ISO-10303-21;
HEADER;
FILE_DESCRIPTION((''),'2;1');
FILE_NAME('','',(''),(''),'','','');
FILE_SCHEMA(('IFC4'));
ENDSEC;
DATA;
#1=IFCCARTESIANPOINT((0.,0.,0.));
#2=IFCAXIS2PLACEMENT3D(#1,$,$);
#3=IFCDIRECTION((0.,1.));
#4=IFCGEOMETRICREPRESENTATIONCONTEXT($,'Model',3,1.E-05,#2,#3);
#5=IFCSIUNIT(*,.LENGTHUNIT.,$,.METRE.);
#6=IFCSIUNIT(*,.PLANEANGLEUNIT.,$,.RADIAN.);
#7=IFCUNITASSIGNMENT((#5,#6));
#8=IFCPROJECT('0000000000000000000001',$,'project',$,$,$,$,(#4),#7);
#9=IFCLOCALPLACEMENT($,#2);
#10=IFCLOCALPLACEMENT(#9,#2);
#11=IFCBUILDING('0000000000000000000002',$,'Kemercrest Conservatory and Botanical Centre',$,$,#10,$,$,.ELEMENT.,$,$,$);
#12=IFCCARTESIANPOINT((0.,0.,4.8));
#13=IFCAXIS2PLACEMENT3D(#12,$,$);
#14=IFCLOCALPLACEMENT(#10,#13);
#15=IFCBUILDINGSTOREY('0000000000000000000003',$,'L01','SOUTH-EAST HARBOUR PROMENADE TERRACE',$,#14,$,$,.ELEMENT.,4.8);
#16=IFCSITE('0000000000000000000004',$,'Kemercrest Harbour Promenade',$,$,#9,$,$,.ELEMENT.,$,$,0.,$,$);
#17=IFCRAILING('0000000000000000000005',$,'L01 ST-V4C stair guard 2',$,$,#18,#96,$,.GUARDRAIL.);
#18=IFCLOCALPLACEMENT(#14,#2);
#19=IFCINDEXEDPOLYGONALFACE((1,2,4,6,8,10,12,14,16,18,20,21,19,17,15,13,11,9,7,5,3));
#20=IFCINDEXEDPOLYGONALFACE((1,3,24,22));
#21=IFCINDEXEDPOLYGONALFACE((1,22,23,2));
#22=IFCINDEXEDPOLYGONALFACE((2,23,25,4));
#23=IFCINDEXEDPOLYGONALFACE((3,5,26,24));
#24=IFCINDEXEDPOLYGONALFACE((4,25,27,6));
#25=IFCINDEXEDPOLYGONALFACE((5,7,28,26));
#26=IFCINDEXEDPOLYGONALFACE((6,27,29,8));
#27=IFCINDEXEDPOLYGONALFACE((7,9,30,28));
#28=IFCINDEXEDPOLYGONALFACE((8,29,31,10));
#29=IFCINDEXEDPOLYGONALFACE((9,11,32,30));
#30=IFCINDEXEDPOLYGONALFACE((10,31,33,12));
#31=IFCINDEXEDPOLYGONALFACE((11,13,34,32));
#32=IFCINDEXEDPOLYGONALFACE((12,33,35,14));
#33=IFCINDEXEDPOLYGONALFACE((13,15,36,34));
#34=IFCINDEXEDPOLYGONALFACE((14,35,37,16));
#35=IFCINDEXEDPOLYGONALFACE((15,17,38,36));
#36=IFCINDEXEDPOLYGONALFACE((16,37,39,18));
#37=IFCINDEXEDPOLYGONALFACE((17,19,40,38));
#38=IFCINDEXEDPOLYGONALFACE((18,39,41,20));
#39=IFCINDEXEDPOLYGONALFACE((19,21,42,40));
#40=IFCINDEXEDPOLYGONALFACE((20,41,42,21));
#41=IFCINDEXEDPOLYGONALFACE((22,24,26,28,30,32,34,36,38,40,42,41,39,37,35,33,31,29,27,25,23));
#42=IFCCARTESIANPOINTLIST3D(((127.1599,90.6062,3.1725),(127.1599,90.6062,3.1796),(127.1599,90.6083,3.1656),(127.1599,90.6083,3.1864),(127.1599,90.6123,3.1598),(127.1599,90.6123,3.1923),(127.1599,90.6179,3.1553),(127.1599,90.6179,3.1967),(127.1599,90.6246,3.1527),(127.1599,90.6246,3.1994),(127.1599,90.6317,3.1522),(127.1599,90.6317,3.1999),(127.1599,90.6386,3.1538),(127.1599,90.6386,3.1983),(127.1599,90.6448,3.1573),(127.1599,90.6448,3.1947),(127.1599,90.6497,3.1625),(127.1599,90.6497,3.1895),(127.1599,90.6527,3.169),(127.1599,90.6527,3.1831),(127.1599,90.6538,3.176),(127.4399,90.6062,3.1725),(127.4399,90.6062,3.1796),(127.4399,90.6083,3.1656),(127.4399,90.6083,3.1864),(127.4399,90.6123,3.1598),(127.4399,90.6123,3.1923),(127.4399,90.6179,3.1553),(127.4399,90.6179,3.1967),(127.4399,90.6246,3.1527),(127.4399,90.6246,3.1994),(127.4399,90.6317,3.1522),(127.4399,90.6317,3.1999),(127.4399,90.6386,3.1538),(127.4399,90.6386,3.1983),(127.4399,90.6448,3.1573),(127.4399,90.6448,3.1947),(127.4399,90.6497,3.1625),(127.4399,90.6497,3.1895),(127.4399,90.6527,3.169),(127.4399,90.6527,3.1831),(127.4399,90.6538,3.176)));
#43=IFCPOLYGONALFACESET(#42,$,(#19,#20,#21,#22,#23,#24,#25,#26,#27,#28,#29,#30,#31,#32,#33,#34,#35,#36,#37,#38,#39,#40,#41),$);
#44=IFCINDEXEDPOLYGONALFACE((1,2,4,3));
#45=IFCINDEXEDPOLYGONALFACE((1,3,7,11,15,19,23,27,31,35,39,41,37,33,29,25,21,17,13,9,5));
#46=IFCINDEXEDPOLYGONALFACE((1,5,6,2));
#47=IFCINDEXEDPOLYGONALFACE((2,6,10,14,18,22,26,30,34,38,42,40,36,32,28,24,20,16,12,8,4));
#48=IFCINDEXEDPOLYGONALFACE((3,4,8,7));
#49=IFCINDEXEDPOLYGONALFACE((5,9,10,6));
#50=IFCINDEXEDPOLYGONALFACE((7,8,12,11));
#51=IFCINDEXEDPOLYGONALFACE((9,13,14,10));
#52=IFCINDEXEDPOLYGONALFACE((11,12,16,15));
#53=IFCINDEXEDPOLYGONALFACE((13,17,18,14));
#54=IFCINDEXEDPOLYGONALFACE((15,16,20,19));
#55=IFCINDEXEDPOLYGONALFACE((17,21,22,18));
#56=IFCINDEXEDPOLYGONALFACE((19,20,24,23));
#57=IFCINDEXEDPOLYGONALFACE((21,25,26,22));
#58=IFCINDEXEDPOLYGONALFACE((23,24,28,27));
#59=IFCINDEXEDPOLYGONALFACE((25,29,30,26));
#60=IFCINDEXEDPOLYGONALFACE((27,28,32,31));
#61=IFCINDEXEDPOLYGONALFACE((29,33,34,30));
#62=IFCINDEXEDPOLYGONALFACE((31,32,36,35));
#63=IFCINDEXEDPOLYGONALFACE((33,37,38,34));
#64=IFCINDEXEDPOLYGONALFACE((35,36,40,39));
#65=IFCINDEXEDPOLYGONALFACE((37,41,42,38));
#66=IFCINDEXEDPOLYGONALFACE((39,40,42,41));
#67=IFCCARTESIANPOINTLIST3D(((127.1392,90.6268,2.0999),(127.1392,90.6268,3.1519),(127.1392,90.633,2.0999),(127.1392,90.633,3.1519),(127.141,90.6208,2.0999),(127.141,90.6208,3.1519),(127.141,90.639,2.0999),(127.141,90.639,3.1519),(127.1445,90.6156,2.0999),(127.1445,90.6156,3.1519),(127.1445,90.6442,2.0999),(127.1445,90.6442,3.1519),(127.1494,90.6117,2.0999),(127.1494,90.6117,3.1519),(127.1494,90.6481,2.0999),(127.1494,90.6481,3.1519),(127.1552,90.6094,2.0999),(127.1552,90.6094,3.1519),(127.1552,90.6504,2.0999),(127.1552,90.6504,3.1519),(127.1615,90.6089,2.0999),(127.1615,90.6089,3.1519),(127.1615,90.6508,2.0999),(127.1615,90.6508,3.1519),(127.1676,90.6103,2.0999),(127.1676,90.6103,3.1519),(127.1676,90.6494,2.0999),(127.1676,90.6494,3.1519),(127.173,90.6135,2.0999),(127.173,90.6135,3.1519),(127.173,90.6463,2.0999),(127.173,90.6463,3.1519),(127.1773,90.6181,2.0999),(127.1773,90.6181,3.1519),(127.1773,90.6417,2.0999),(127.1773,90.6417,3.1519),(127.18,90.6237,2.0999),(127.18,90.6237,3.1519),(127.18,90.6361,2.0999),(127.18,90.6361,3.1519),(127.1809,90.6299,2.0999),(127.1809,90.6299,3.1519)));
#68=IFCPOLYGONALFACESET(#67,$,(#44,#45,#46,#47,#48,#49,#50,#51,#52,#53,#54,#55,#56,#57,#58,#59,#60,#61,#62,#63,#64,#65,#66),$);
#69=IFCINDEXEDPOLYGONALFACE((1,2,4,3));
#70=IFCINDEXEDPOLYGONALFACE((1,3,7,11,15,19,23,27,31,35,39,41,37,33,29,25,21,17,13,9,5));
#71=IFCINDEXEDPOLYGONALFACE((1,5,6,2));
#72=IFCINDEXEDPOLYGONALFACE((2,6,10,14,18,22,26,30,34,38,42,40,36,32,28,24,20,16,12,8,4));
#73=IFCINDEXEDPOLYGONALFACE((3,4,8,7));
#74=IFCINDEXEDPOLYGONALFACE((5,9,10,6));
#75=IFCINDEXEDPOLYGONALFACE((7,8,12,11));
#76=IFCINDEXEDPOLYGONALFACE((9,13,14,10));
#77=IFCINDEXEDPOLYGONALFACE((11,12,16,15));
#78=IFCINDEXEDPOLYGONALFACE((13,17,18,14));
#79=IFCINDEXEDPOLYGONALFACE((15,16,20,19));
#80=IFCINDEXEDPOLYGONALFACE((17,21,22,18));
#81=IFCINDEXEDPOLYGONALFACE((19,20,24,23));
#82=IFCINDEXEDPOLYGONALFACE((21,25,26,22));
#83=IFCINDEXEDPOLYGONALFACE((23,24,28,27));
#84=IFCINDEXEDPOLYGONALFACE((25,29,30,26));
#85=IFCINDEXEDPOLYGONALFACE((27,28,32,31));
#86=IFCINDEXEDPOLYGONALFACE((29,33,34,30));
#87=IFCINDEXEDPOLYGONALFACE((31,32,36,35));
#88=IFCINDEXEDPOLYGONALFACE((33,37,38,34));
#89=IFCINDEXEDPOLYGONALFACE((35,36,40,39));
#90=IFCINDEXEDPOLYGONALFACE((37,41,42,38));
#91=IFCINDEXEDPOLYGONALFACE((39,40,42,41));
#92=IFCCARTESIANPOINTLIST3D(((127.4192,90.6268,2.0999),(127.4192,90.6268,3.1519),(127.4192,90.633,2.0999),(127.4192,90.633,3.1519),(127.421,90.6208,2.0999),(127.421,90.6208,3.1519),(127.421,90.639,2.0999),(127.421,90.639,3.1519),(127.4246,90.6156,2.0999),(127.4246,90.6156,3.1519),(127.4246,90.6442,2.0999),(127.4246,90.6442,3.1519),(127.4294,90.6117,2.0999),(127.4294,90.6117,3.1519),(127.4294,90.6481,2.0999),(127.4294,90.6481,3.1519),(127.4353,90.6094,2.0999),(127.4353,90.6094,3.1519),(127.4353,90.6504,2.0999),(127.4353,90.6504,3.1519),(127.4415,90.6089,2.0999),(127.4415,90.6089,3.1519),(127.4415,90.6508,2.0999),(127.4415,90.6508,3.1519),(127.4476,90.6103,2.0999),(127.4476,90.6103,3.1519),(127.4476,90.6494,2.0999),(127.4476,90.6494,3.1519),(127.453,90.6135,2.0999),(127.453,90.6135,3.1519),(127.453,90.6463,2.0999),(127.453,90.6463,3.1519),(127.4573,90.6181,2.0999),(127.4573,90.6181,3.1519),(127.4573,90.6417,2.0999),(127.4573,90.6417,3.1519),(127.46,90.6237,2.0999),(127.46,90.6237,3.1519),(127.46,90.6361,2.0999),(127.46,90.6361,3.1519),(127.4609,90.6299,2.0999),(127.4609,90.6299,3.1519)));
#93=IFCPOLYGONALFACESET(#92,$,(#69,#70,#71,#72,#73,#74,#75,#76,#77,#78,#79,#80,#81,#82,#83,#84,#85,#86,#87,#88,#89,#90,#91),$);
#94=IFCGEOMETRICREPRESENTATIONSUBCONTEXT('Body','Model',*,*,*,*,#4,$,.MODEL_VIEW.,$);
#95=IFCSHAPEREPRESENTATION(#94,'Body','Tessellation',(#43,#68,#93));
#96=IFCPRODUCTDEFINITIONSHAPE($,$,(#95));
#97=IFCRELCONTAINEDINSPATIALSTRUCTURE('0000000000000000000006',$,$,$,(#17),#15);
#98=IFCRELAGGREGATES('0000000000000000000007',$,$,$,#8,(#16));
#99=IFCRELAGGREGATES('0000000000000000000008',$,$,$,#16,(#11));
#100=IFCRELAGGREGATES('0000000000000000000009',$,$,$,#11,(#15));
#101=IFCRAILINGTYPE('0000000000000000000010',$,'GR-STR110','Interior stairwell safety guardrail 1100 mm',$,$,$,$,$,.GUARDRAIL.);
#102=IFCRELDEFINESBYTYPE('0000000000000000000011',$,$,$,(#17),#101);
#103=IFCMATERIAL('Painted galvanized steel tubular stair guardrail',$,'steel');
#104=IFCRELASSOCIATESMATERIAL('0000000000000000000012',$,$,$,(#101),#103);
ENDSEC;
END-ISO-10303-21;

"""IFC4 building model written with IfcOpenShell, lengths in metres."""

from ifc_helpers import new_model, si_unit, direction, frame, origin, origin_2d, place, context, subcontext, project, spatial, circle, extrude, material, type_object, element, save


model = new_model("IFC4")

# Units and contexts
model_context = context("Model", 3, precision=1e-05, world=origin(), true_north=direction((0.0, 1.0)))
body_context = subcontext(model_context, "Body", "Model", "MODEL_VIEW")
ifc_project = project(units=[si_unit("LENGTHUNIT", "METRE"), si_unit("PLANEANGLEUNIT", "RADIAN")], contexts=[model_context])

# Site, building, storey
site_placement = place(None, origin())
site = spatial("IfcSite", under=ifc_project, at=site_placement, Name="Kemercrest Harbour Promenade", CompositionType="ELEMENT", RefElevation=0.0)
building_placement = place(site_placement, origin())
building = spatial("IfcBuilding", under=site, at=building_placement, Name="Kemercrest Conservatory and Botanical Centre", CompositionType="ELEMENT")
storey_placement = place(building_placement, frame((0.0, 0.0, 4.8)))
storey = spatial("IfcBuildingStorey", under=building, at=storey_placement, Name="L01", Description="SOUTH-EAST HARBOUR PROMENADE TERRACE", CompositionType="ELEMENT", Elevation=4.8)

# Railing
ifc_material_1 = material(Name="Painted galvanized steel tubular stair guardrail", Category="steel")
railing_type_1 = type_object("IfcRailingType", Name="GR-STR110", Description="Interior stairwell safety guardrail 1100 mm", PredefinedType="GUARDRAIL", material=ifc_material_1)
railing_1_placement = place(storey_placement, frame((127.1599, 90.6299, 2.0999)))
element("IfcRailing", 1, at=railing_1_placement, inside=storey, type_object=railing_type_1, Name="L01 ST-V4C stair guard 2", PredefinedType="GUARDRAIL", context=body_context, shape_type="SweptSolid", body=[
    extrude(circle(Radius=0.0239, at=origin_2d()), frame((0.0, 0.0, 1.0762), z_axis=(1.0, 0.0, 0.0), x_axis=(0.0, 1.0, 0.0)), (0.0, 0.0, 1.0), 0.28),
    extrude(circle(Radius=0.021, at=origin_2d()), origin(), (0.0, 0.0, 1.0), 1.052),
    extrude(circle(Radius=0.021, at=origin_2d()), frame((0.28, 0.0, 0.0)), (0.0, 0.0, 1.0), 1.052),
])

save(model, "model.ifc")
